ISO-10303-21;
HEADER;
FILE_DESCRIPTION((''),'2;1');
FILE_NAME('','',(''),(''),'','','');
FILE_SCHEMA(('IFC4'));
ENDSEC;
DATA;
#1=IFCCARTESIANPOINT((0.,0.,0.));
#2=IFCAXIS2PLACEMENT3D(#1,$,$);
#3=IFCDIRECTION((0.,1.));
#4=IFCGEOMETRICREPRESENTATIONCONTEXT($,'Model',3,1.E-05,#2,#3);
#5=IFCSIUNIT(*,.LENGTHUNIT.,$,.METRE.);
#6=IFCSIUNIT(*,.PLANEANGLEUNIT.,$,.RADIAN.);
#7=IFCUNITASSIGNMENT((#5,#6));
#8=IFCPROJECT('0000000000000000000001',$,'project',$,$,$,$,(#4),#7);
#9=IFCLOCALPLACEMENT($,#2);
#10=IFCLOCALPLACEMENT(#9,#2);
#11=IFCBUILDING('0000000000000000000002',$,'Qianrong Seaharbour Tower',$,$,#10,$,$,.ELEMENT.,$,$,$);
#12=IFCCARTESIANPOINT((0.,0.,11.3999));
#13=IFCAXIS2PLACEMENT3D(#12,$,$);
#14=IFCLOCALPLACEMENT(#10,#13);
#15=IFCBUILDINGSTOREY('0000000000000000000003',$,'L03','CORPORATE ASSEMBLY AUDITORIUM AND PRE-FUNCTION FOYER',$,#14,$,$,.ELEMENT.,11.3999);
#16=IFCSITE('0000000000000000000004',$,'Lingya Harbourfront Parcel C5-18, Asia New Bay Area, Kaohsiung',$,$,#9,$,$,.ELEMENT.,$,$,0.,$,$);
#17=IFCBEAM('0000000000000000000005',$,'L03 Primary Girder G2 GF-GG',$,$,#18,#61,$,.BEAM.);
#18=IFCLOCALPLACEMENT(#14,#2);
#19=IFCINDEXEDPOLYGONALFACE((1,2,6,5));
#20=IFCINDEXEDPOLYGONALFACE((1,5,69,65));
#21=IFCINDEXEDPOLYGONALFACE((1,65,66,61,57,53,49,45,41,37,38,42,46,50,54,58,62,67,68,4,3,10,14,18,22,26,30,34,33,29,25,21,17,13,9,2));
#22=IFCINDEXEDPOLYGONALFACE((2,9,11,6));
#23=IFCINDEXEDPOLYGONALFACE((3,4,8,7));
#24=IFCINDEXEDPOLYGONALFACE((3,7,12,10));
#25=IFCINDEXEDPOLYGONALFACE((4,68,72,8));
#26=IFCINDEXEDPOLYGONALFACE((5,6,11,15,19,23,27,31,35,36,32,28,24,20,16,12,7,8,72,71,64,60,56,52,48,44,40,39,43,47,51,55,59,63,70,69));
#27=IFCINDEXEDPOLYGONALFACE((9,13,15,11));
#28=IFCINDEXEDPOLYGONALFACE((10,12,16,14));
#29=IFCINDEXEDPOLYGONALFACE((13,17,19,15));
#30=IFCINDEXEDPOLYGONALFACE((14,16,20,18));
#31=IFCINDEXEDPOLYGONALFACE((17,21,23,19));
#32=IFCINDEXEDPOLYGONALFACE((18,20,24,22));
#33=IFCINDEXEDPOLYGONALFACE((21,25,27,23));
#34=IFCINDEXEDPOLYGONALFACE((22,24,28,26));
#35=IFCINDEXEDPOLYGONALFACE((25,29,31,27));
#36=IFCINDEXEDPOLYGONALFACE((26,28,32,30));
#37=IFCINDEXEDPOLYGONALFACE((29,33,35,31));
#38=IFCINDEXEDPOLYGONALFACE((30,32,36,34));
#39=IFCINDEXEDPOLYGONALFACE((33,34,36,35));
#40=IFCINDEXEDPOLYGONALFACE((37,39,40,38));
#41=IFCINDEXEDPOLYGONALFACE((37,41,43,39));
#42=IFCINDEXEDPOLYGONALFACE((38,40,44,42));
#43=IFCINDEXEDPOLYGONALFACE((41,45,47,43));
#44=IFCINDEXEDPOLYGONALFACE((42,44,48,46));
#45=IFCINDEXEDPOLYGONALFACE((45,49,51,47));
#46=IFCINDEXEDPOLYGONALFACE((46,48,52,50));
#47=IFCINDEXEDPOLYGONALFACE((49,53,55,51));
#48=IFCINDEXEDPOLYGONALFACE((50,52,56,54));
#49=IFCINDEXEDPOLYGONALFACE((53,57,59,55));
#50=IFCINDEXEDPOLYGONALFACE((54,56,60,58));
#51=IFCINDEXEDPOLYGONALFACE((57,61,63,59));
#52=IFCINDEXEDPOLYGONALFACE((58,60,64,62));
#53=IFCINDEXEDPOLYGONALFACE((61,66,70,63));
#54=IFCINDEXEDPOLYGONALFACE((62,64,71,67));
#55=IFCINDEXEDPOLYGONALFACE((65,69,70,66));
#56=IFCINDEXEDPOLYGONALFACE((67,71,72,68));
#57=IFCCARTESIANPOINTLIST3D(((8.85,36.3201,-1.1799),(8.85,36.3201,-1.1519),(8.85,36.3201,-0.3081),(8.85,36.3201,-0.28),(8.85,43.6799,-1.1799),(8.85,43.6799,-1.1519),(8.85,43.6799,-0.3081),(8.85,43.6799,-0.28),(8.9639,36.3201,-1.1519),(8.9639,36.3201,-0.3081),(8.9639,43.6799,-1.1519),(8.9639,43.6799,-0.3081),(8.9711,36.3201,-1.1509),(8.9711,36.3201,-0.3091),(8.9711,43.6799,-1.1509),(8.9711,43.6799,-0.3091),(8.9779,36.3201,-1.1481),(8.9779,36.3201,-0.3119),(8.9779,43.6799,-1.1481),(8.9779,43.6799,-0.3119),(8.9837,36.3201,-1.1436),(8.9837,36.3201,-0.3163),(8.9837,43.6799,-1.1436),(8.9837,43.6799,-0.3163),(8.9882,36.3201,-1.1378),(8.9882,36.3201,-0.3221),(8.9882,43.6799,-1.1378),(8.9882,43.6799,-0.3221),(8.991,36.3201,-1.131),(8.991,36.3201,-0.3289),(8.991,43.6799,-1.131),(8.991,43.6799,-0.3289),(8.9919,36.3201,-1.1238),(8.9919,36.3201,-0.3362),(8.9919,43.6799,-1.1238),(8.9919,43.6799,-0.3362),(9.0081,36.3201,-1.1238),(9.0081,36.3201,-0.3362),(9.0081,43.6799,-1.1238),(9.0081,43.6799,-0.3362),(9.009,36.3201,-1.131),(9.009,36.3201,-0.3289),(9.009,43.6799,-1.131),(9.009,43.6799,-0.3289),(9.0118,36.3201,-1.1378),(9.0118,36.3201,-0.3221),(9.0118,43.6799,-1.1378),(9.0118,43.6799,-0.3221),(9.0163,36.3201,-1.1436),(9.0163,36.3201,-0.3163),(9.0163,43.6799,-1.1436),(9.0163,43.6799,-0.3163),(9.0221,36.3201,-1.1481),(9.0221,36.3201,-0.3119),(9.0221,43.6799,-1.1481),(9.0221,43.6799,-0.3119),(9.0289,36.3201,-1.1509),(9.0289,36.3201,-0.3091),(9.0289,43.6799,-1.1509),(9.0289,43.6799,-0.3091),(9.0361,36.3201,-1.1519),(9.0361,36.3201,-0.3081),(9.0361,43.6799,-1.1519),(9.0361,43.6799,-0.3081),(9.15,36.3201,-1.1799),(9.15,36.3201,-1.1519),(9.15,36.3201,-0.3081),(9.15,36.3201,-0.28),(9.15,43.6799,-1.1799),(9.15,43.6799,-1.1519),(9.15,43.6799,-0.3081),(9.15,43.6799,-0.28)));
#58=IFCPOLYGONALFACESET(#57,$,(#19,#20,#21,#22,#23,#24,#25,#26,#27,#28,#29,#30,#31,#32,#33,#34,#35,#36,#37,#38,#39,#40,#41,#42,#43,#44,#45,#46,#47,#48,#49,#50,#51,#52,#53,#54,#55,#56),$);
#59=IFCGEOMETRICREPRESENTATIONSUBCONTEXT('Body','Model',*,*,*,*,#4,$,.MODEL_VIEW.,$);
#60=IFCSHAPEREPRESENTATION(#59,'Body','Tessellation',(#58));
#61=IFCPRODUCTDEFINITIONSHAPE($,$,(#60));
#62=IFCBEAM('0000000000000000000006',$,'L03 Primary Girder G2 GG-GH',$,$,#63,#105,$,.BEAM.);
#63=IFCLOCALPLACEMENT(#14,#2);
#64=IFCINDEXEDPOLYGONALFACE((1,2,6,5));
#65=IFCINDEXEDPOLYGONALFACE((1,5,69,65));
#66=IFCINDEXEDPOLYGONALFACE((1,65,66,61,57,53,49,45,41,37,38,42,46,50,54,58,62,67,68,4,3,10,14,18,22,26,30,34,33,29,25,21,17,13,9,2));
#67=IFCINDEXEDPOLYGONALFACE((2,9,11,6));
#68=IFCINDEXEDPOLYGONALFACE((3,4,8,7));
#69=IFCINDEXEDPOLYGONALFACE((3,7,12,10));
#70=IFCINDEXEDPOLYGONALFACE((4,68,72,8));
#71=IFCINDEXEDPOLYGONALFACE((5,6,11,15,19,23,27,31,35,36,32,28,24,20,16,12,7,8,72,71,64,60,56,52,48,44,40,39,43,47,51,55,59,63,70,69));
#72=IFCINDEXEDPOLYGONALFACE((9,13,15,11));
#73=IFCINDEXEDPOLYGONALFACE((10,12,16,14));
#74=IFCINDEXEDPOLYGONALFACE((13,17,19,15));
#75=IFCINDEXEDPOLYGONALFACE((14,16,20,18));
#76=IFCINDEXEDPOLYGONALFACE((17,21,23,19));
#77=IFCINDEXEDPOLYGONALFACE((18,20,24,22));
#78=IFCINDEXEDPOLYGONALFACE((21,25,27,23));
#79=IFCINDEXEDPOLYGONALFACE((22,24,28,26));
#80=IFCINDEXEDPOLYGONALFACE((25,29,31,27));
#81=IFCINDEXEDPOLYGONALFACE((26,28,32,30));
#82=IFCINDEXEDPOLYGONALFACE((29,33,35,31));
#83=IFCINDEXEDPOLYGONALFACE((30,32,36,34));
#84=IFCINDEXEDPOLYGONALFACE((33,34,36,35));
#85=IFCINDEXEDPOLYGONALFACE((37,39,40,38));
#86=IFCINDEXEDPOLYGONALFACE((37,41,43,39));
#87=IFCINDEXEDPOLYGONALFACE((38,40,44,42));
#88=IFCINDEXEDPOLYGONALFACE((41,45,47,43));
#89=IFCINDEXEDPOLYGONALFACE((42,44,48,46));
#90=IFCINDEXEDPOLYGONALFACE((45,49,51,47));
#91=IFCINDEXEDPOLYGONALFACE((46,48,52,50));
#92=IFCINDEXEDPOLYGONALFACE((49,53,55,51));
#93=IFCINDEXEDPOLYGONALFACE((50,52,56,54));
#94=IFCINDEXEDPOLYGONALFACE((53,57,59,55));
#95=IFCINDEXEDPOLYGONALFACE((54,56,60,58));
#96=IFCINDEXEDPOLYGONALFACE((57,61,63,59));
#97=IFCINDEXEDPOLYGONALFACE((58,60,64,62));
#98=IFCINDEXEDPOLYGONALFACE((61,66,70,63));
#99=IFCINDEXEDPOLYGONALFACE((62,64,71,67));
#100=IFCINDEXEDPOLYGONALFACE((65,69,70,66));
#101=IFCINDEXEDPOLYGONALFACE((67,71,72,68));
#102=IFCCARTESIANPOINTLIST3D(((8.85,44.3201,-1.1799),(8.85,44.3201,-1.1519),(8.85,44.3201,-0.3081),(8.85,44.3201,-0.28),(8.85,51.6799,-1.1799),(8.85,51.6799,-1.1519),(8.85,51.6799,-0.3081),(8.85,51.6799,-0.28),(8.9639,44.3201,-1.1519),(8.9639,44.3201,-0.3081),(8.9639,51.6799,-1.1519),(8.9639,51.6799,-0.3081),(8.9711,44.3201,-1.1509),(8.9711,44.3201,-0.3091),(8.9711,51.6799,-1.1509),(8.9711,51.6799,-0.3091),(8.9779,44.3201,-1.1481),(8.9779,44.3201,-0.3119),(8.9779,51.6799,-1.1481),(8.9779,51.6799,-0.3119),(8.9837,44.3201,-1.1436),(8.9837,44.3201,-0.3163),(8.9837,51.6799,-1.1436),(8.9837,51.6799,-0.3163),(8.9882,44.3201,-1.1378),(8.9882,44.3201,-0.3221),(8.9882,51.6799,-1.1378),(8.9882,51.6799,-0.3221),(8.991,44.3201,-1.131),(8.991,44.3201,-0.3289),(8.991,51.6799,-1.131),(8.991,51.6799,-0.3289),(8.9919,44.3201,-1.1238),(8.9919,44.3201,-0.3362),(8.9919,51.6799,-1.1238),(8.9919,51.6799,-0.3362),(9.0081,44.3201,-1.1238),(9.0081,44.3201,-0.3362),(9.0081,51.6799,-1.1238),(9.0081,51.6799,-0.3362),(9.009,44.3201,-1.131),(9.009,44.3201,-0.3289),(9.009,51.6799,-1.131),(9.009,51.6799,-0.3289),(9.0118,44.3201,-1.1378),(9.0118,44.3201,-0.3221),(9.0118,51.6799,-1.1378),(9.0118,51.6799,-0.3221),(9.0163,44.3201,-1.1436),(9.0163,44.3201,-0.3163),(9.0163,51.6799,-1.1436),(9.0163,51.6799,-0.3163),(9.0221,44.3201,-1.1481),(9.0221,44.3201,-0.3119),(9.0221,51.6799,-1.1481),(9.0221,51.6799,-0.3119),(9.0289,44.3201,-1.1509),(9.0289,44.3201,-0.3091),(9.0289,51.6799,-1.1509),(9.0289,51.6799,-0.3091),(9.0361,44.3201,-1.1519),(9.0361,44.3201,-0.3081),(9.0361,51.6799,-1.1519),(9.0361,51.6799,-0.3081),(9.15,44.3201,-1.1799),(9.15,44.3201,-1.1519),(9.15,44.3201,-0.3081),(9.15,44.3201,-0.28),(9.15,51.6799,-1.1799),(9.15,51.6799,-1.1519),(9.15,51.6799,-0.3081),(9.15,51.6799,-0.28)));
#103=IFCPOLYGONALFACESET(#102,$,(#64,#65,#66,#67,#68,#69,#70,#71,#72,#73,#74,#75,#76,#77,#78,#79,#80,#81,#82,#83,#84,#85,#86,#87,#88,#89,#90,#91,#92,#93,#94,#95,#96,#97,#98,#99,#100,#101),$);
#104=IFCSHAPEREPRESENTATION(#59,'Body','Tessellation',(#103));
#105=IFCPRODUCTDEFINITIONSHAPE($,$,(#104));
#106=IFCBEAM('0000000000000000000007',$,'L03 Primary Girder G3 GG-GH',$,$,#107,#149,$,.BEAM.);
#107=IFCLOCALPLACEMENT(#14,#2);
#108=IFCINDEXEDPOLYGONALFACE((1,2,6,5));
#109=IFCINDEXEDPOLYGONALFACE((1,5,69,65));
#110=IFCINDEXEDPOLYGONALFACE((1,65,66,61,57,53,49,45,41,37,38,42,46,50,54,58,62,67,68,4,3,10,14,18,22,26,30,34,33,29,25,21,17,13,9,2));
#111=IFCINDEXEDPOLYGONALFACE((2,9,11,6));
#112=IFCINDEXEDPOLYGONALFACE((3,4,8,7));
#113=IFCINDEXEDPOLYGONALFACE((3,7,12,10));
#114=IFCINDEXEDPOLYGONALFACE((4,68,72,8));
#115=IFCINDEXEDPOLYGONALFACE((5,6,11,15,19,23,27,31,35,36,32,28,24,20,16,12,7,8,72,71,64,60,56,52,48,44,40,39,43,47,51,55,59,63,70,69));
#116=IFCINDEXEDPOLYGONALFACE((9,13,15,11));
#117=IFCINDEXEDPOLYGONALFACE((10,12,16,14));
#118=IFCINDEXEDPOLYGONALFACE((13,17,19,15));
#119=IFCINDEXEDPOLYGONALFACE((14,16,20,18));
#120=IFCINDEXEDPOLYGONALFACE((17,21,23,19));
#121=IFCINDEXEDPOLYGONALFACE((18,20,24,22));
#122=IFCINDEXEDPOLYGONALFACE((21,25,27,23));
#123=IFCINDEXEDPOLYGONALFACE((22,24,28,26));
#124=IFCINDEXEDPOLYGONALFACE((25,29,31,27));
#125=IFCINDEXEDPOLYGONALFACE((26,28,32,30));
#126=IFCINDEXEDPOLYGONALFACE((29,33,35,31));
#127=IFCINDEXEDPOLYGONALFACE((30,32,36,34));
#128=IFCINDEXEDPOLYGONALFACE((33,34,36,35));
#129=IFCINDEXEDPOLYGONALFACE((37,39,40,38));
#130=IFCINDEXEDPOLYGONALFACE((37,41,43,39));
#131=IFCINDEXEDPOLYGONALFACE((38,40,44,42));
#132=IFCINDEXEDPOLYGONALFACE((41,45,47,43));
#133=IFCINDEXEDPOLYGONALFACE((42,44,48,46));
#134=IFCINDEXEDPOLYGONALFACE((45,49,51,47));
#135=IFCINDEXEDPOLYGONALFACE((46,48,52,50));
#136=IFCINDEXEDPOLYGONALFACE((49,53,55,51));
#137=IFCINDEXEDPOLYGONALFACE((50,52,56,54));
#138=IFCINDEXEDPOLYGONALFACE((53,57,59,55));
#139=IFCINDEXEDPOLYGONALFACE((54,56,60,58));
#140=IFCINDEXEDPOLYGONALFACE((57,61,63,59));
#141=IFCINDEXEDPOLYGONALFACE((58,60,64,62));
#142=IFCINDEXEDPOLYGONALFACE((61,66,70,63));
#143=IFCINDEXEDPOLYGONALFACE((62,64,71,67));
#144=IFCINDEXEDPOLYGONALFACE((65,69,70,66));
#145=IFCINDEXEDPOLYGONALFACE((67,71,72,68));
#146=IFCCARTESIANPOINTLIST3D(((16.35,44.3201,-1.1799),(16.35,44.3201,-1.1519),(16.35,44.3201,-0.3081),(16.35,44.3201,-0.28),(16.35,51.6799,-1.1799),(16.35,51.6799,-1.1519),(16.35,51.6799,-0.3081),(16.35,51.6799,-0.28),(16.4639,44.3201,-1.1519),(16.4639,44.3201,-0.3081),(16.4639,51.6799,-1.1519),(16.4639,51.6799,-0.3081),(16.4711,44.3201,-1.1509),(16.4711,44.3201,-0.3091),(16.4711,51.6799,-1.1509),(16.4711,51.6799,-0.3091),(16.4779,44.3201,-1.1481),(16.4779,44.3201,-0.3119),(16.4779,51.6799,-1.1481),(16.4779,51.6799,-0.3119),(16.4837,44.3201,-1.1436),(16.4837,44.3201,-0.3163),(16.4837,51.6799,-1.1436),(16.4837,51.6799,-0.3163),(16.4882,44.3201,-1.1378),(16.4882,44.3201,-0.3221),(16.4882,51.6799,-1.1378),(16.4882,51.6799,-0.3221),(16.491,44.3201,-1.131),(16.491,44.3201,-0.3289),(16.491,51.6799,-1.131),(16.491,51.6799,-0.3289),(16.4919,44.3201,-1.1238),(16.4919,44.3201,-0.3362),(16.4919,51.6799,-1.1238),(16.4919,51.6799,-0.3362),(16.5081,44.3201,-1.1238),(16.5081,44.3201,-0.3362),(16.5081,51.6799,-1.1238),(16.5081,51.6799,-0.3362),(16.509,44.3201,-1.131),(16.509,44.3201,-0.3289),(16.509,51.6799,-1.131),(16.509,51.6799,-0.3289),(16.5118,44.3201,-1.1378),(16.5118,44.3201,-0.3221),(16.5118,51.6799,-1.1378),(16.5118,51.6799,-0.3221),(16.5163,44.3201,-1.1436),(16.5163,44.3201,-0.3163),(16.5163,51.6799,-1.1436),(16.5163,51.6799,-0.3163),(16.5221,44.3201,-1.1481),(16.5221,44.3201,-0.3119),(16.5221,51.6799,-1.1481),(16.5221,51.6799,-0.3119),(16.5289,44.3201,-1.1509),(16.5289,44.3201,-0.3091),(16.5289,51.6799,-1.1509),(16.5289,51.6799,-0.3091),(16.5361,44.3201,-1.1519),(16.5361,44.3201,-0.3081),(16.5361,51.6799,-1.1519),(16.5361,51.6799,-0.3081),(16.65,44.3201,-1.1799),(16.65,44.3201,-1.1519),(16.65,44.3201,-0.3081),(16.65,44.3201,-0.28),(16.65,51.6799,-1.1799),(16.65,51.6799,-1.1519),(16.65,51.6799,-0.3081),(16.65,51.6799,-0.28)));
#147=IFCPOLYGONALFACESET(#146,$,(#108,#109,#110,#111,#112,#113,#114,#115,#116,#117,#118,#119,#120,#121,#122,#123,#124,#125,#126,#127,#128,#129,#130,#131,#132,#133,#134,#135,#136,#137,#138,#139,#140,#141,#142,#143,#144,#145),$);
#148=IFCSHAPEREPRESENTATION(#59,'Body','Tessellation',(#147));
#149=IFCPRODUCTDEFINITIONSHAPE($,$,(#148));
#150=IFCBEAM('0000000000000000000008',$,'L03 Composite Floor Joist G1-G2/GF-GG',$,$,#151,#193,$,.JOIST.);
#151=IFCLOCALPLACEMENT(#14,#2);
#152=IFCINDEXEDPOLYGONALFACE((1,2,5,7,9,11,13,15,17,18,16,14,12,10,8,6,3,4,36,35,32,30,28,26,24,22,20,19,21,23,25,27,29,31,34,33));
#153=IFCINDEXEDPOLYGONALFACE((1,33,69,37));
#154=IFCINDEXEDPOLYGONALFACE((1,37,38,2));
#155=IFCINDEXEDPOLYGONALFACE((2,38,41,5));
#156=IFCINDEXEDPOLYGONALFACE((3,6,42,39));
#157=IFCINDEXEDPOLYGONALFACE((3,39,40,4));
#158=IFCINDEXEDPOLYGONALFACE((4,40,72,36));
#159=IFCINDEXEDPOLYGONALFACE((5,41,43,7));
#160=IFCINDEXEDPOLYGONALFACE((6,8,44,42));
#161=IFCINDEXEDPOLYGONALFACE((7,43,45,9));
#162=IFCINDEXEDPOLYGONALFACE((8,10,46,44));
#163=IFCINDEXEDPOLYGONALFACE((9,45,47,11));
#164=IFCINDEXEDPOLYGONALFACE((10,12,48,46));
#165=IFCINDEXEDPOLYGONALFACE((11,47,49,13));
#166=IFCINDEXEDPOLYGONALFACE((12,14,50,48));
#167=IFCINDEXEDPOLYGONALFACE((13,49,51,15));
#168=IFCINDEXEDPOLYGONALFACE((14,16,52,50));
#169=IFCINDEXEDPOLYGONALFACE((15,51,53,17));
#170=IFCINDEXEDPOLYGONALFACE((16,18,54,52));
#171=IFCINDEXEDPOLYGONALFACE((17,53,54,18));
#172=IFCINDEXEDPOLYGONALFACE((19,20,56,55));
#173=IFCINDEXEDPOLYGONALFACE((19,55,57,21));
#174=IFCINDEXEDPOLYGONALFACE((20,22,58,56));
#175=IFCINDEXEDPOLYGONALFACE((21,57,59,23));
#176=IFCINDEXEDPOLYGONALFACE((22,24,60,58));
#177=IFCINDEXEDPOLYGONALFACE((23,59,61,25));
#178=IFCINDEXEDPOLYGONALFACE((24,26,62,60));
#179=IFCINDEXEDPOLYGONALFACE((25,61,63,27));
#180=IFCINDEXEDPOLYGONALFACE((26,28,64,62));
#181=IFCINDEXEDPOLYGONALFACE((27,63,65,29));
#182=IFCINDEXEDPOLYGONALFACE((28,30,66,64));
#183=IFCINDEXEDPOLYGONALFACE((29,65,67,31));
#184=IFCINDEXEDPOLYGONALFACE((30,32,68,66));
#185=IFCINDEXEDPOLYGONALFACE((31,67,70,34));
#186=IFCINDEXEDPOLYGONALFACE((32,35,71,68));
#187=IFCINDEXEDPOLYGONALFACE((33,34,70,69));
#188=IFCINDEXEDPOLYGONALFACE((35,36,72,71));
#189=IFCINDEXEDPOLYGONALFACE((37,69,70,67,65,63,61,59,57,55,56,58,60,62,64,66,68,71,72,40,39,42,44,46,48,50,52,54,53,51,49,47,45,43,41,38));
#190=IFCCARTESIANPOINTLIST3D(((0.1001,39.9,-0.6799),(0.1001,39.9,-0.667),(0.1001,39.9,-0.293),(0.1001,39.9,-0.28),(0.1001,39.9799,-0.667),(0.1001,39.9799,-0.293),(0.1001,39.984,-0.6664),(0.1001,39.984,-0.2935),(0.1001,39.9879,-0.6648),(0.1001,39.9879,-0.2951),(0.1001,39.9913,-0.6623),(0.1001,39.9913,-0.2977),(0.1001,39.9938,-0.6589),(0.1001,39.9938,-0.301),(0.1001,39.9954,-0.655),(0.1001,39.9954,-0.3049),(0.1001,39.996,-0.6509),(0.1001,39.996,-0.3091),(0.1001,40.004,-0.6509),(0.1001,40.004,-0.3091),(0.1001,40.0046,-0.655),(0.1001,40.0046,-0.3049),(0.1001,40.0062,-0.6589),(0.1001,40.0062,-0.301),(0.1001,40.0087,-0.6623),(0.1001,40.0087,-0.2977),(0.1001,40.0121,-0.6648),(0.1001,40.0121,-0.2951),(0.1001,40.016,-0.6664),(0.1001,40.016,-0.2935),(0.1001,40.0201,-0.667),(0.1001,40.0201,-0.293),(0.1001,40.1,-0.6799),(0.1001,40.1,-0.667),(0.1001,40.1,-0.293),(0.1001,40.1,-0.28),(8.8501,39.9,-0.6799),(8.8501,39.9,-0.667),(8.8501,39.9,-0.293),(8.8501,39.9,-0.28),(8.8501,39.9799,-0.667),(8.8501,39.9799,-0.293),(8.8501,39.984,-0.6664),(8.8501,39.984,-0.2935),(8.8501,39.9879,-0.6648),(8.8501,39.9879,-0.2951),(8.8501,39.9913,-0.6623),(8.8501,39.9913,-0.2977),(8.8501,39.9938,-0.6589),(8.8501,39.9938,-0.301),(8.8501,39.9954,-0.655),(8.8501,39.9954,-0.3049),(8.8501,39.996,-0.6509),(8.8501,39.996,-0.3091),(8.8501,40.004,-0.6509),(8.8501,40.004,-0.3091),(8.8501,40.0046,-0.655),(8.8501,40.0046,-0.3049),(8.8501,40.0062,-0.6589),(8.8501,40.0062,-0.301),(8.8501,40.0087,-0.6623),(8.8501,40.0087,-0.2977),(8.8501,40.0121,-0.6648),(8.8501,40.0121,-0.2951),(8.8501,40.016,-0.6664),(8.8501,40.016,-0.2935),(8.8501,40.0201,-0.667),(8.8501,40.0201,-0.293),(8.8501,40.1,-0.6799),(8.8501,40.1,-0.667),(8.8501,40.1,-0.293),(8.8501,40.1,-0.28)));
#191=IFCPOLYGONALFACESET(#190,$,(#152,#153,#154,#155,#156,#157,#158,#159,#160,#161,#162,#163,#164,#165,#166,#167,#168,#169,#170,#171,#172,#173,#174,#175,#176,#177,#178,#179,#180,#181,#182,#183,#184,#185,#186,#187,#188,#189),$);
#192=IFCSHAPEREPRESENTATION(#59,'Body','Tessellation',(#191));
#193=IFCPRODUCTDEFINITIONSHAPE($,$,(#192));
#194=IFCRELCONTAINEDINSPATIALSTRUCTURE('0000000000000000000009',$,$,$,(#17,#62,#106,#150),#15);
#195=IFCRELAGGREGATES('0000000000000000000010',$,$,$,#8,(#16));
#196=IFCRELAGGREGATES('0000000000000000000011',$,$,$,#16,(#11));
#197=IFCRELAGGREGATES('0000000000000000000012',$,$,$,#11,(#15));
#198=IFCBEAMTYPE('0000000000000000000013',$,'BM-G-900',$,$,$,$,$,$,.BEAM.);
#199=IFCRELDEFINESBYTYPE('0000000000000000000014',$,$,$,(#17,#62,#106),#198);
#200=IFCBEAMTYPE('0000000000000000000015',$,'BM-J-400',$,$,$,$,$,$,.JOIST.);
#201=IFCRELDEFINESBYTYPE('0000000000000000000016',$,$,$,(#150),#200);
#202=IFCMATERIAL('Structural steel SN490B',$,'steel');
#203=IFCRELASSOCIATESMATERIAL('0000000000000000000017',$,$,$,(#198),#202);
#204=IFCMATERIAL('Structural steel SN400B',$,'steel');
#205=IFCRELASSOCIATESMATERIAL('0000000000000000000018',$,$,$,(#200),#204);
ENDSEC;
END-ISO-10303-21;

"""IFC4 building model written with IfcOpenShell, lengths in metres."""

from ifc_helpers import new_model, si_unit, direction, frame, origin, origin_2d, place, context, subcontext, project, spatial, i_section, extrude, material, material_profile, profile_set, type_object, element, save


model = new_model("IFC4")

# Units and contexts
model_context = context("Model", 3, precision=1e-05, world=origin(), true_north=direction((0.0, 1.0)))
body_context = subcontext(model_context, "Body", "Model", "MODEL_VIEW")
ifc_project = project(units=[si_unit("LENGTHUNIT", "METRE"), si_unit("PLANEANGLEUNIT", "RADIAN")], contexts=[model_context])

# Site, building, storey
site_placement = place(None, origin())
site = spatial("IfcSite", under=ifc_project, at=site_placement, Name="Lingya Harbourfront Parcel C5-18, Asia New Bay Area, Kaohsiung", CompositionType="ELEMENT", RefElevation=0.0)
building_placement = place(site_placement, origin())
building = spatial("IfcBuilding", under=site, at=building_placement, Name="Qianrong Seaharbour Tower", CompositionType="ELEMENT")
storey_placement = place(building_placement, frame((0.0, 0.0, 11.3999)))
storey = spatial("IfcBuildingStorey", under=building, at=storey_placement, Name="L03", Description="CORPORATE ASSEMBLY AUDITORIUM AND PRE-FUNCTION FOYER", CompositionType="ELEMENT", Elevation=11.3999)

# Shared definitions
ifc_material_1 = material(Name="Structural steel SN490B", Category="steel")

# Beams
ifc_material_profile_1 = material_profile(ifc_material_1, i_section(OverallWidth=0.3, OverallDepth=0.8999, WebThickness=0.0161, FlangeThickness=0.0281, FilletRadius=0.0281, at=origin_2d()), Name="H900x300x16x28")
ifc_profile_set_1 = profile_set([ifc_material_profile_1], Name="Structural steel SN490B")
beam_type_1 = type_object("IfcBeamType", Name="BM-G-900", PredefinedType="BEAM", material=ifc_profile_set_1)
for number, where, z_axis, x_axis, name in (
    (1, (9.0, 36.3201, -0.73), (0.0, 1.0, 0.0), (-1.0, 0.0, 0.0), "L03 Primary Girder G2 GF-GG"),
    (2, (9.0, 44.3201, -0.73), (0.0, 1.0, 0.0), (-1.0, 0.0, 0.0), "L03 Primary Girder G2 GG-GH"),
    (3, (16.5, 44.3201, -0.73), (0.0, 1.0, 0.0), (-1.0, 0.0, 0.0), "L03 Primary Girder G3 GG-GH"),
):
    element("IfcBeam", number, at=place(storey_placement, frame(where, z_axis=z_axis, x_axis=x_axis)), inside=storey, type_object=beam_type_1, Name=name, PredefinedType="BEAM", context=body_context, shape_type="SweptSolid", body=[
        extrude(i_section(OverallWidth=0.3, OverallDepth=0.8999, WebThickness=0.0161, FlangeThickness=0.0281, FilletRadius=0.0281, at=origin_2d()), origin(), (0.0, 0.0, 1.0), 7.3599),
    ])
ifc_material_2 = material(Name="Structural steel SN400B", Category="steel")
ifc_material_profile_2 = material_profile(ifc_material_2, i_section(OverallWidth=0.2, OverallDepth=0.3999, WebThickness=0.0081, FlangeThickness=0.0129, FilletRadius=0.0161, at=origin_2d()), Name="H400x200x8x13")
ifc_profile_set_2 = profile_set([ifc_material_profile_2], Name="Structural steel SN400B")
beam_type_2 = type_object("IfcBeamType", Name="BM-J-400", PredefinedType="JOIST", material=ifc_profile_set_2)
beam_1_placement = place(storey_placement, frame((0.1001, 40.0, -0.48), z_axis=(1.0, 0.0, 0.0), x_axis=(0.0, 1.0, 0.0)))
element("IfcBeam", 4, at=beam_1_placement, inside=storey, type_object=beam_type_2, Name="L03 Composite Floor Joist G1-G2/GF-GG", PredefinedType="JOIST", context=body_context, shape_type="SweptSolid", body=[
    extrude(i_section(OverallWidth=0.2, OverallDepth=0.3999, WebThickness=0.0081, FlangeThickness=0.0129, FilletRadius=0.0161, at=origin_2d()), origin(), (0.0, 0.0, 1.0), 8.75),
])

save(model, "model.ifc")
